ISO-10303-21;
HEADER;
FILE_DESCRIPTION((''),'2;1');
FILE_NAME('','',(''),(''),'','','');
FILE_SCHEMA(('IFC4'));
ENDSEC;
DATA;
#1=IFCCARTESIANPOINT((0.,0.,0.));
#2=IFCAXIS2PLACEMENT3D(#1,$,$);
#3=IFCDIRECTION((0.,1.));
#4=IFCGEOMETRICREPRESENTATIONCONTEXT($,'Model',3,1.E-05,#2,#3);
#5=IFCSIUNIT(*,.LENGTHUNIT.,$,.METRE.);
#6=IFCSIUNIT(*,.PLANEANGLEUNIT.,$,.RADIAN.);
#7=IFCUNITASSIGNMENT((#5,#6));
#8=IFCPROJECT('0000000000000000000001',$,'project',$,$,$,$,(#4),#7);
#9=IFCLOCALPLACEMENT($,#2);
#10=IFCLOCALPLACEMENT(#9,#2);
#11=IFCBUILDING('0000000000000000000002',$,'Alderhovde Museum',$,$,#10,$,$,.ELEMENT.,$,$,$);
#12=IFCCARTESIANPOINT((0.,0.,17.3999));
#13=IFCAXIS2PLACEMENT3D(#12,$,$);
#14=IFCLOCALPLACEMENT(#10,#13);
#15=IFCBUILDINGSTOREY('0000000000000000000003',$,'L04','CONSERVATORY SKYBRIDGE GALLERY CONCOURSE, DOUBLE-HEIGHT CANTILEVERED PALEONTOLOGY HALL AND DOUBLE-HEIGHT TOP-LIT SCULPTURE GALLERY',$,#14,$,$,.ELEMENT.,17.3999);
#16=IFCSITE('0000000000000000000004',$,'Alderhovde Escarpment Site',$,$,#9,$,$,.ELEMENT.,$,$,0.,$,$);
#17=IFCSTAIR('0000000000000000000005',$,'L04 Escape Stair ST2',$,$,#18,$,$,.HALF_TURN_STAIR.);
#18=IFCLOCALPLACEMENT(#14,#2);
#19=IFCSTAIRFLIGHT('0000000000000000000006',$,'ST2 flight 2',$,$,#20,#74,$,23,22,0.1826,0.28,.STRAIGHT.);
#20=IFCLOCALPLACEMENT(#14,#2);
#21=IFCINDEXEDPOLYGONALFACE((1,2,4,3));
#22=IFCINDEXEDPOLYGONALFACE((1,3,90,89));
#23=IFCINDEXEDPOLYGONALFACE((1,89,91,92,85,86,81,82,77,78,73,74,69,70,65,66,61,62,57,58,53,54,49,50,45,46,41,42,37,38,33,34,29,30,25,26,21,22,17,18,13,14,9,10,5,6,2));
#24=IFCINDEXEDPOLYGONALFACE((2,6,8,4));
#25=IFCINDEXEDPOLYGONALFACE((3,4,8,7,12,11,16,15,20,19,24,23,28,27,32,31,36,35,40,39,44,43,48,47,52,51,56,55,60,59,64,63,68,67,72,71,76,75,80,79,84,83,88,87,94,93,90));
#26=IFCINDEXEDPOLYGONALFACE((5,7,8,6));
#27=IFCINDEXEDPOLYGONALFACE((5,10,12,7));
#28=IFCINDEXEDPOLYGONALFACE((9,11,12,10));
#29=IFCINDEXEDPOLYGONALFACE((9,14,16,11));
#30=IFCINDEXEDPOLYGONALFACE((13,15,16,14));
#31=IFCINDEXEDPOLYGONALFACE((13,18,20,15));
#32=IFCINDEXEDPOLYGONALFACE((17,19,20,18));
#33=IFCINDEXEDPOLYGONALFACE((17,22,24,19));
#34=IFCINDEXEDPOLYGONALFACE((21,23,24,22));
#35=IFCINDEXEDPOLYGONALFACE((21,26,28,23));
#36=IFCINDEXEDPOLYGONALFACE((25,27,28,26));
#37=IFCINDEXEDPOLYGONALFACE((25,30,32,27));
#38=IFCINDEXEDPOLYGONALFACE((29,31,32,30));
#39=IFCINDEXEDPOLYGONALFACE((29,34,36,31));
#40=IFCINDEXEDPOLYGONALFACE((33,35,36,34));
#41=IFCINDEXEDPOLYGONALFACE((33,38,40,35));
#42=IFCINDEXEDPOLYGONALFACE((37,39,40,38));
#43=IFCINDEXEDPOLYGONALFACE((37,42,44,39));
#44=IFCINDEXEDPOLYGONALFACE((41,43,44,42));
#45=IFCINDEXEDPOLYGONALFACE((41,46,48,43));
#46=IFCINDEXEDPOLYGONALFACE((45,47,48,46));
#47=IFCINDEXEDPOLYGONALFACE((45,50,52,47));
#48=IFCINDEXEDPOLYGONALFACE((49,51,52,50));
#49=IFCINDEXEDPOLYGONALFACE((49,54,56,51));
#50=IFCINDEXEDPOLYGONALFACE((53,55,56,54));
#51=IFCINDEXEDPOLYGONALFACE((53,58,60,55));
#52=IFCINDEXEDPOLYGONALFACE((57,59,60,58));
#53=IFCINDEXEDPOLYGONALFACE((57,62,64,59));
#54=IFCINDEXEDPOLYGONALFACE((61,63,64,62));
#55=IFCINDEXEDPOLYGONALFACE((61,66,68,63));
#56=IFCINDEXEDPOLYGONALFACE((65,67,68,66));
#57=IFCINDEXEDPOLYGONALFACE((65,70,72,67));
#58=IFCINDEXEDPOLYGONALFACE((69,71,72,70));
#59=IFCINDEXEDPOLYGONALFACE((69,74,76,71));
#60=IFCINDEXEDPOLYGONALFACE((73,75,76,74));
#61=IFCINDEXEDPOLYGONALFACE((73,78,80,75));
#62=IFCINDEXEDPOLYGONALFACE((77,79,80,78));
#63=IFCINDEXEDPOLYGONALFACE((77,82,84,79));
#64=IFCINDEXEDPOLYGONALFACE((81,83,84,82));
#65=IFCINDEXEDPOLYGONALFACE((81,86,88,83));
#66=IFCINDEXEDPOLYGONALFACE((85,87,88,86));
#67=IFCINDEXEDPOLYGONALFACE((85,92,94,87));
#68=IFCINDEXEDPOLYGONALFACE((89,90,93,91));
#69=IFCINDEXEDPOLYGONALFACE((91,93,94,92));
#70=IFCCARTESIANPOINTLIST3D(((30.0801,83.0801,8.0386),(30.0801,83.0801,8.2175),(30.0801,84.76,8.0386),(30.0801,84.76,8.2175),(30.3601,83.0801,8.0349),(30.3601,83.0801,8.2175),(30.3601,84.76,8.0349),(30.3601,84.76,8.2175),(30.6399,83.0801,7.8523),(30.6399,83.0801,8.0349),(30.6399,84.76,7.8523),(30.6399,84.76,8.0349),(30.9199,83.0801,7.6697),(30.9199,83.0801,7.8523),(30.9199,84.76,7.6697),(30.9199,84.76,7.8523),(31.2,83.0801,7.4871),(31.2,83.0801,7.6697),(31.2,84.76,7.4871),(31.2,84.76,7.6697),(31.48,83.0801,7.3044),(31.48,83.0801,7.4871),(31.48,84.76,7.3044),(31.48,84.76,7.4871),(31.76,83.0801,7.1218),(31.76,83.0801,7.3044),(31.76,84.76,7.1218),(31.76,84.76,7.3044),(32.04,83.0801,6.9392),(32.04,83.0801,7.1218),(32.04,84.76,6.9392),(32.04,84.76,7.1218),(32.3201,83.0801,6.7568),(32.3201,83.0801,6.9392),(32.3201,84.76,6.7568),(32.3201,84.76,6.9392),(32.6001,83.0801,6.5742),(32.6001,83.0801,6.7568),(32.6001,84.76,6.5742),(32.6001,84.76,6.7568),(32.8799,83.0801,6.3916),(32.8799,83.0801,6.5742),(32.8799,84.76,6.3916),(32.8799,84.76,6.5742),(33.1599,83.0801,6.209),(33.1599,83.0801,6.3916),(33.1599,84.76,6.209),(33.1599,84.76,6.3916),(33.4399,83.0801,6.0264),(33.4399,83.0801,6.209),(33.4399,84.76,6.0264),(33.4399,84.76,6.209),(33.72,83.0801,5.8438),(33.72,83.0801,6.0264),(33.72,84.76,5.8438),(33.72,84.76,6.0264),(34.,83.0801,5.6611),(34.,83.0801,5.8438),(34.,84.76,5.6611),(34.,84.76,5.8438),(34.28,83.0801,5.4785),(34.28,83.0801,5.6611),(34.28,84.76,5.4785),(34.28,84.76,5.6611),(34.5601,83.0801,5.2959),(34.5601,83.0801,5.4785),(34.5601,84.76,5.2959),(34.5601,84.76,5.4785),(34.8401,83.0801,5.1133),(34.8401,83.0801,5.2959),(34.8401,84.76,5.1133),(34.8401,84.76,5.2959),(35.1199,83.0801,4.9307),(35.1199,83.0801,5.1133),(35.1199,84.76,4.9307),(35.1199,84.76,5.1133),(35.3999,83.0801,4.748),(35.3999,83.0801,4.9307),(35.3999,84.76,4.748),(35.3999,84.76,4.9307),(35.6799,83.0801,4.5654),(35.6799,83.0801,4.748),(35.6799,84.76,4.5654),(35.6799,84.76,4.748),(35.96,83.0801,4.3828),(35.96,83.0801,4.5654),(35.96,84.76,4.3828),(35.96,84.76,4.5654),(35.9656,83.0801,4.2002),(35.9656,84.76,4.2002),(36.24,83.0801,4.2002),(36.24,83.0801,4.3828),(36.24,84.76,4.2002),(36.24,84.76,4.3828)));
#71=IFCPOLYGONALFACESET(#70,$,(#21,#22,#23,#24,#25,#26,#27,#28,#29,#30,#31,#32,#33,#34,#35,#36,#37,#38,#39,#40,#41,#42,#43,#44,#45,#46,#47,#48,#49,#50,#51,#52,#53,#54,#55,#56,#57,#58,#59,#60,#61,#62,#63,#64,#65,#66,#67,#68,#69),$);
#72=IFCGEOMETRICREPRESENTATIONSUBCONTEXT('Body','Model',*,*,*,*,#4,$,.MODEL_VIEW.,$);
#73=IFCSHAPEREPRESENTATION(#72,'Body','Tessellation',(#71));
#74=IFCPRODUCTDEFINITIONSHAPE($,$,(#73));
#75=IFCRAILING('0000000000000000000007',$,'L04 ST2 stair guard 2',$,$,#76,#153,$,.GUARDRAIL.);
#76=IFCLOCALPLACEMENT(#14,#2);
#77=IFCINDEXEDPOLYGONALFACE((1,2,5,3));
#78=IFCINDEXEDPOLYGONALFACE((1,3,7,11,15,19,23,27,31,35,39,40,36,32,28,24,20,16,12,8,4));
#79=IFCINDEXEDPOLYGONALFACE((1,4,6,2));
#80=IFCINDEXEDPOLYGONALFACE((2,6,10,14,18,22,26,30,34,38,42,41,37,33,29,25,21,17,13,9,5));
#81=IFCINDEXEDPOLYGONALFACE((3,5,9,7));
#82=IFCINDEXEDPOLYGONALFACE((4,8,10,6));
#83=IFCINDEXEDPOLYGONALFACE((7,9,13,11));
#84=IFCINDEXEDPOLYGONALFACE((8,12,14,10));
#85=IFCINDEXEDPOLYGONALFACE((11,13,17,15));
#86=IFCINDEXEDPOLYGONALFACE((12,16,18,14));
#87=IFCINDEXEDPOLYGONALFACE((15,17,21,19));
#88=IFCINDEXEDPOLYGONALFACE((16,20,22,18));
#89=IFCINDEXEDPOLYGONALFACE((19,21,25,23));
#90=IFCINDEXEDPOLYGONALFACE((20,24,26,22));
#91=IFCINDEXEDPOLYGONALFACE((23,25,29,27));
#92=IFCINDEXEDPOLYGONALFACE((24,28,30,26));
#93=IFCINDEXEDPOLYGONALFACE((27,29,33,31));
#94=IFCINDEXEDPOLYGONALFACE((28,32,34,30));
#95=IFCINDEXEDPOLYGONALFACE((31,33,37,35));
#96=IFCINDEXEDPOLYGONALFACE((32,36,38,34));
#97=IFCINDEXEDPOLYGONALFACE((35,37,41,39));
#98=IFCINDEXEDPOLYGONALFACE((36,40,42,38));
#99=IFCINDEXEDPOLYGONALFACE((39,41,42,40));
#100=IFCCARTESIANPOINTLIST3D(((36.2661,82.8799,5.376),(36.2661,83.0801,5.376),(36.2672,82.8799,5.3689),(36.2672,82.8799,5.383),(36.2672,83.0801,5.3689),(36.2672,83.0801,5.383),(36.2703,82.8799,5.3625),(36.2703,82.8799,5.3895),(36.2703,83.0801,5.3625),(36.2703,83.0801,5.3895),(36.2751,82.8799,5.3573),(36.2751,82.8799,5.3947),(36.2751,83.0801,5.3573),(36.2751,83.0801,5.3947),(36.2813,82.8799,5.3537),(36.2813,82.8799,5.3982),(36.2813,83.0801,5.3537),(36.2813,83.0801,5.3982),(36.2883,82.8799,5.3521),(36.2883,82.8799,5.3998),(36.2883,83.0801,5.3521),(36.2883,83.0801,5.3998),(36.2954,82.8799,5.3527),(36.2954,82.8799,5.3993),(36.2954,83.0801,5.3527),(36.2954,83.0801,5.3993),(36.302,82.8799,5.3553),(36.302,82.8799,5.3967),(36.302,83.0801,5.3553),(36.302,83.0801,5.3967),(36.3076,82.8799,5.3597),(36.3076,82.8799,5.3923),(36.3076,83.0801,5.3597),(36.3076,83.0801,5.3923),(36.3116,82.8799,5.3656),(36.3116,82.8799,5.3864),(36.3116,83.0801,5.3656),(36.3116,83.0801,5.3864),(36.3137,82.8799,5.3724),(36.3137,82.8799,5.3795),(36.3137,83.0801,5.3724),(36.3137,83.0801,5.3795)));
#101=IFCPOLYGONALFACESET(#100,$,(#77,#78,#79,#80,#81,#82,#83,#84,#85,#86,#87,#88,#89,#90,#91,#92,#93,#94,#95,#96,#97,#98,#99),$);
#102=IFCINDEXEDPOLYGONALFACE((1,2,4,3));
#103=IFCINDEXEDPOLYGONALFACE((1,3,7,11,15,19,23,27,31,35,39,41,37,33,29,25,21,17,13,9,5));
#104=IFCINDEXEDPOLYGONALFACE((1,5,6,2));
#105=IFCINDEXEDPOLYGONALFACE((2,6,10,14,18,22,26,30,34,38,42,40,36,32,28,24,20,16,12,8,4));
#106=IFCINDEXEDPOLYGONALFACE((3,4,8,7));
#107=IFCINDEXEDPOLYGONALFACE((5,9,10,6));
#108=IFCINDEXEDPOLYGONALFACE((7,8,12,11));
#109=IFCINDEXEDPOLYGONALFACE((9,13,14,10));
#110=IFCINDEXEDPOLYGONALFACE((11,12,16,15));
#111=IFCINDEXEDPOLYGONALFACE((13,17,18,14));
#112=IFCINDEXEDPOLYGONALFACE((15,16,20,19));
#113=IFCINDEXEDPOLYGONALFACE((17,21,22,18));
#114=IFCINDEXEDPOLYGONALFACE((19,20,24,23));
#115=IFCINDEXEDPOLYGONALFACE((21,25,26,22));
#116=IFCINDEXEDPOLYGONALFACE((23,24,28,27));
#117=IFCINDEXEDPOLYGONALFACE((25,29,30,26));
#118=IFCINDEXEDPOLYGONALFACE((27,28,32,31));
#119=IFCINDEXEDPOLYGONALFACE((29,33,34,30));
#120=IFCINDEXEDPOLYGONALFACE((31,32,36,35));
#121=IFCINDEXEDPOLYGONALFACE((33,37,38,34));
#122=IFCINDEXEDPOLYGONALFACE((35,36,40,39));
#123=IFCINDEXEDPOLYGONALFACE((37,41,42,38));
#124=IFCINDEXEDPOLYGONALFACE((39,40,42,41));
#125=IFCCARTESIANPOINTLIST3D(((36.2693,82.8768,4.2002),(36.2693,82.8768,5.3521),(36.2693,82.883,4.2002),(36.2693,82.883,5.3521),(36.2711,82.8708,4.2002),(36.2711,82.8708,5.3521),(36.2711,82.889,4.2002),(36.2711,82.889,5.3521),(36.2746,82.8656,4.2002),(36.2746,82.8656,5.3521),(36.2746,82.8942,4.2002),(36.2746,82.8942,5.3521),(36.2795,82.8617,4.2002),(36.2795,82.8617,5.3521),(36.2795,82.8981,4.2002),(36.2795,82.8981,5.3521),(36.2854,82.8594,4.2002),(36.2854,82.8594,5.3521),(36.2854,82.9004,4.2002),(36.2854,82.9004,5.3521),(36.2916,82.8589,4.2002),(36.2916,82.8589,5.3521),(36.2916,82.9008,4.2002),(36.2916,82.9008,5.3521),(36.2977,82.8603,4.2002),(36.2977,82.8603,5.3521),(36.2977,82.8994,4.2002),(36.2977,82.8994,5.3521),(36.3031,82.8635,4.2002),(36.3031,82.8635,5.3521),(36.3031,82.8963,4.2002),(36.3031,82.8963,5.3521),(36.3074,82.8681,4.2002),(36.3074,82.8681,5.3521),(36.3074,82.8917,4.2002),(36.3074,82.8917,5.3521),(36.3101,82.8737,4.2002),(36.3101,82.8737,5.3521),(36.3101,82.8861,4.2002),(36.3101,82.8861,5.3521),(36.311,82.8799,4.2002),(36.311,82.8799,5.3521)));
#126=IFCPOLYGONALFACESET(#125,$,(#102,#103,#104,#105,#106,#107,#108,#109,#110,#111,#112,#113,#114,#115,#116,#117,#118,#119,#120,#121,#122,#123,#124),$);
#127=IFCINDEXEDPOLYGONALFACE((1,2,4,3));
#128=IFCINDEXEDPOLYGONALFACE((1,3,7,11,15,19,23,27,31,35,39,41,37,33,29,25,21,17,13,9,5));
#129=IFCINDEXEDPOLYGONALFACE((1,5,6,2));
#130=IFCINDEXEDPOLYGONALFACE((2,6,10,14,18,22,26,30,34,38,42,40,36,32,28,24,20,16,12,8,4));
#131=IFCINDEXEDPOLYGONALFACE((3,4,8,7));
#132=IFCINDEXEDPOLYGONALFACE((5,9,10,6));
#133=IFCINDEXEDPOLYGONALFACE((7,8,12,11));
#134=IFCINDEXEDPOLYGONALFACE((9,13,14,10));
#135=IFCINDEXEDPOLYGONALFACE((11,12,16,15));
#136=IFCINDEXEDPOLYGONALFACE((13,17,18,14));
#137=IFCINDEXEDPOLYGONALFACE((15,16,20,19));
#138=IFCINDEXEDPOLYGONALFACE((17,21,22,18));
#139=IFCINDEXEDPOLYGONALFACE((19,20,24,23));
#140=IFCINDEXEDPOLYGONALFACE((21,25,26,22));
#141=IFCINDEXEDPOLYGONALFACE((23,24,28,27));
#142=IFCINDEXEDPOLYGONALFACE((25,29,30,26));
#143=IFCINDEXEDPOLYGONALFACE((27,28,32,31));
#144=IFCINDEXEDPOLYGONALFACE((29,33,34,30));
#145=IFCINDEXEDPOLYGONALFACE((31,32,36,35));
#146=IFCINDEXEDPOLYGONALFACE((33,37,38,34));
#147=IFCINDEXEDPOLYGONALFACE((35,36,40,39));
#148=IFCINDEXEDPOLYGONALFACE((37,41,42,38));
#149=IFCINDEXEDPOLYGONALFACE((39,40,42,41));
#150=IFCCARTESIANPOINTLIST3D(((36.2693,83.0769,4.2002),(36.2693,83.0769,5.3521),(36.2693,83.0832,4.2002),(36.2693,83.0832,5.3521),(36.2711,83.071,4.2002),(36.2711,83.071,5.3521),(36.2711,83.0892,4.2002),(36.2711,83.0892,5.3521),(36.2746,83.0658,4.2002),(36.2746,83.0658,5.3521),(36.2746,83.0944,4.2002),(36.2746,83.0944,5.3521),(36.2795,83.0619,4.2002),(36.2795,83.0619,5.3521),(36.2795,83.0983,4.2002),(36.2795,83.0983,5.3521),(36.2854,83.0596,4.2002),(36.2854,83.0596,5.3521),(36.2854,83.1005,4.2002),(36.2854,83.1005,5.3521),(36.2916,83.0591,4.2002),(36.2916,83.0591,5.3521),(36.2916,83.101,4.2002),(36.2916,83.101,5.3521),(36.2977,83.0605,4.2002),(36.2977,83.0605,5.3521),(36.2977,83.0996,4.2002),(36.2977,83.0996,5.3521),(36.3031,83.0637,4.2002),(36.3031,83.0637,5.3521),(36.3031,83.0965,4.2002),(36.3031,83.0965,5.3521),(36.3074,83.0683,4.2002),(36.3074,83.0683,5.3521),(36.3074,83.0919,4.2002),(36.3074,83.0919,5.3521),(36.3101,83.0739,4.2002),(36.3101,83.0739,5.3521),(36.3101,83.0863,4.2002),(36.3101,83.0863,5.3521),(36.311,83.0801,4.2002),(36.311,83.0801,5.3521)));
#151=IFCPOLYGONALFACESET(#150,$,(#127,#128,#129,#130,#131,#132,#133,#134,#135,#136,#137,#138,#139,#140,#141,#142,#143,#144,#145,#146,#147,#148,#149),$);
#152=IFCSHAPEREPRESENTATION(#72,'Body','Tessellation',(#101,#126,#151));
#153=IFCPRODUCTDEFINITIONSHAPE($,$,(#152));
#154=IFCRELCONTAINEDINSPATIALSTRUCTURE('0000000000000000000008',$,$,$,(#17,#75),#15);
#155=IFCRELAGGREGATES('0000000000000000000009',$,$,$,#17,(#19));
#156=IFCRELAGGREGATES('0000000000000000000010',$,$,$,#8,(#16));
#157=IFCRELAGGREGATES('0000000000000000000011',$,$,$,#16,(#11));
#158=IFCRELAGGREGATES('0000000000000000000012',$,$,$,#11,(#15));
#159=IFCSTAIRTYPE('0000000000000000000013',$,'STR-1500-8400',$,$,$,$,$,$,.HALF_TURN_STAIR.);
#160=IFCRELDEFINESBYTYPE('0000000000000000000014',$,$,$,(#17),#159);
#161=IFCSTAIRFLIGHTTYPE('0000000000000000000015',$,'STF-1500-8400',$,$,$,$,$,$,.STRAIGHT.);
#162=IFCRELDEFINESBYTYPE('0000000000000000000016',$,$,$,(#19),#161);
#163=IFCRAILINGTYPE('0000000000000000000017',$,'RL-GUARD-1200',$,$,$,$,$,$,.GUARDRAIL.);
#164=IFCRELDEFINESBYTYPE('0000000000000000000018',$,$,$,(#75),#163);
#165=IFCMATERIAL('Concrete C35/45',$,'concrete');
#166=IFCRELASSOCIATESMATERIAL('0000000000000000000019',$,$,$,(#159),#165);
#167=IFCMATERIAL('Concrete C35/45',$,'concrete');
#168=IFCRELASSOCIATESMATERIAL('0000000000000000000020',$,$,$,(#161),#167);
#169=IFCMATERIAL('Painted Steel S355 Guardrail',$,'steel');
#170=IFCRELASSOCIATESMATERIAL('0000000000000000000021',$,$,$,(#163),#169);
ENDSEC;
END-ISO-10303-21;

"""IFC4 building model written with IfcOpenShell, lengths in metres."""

from ifc_helpers import new_model, si_unit, direction, frame, origin, origin_2d, place, context, subcontext, project, spatial, polyline, circle, outline, extrude, material, type_object, element, aggregate, save


model = new_model("IFC4")

# Units and contexts
model_context = context("Model", 3, precision=1e-05, world=origin(), true_north=direction((0.0, 1.0)))
body_context = subcontext(model_context, "Body", "Model", "MODEL_VIEW")
ifc_project = project(units=[si_unit("LENGTHUNIT", "METRE"), si_unit("PLANEANGLEUNIT", "RADIAN")], contexts=[model_context])

# Site, building, storey
site_placement = place(None, origin())
site = spatial("IfcSite", under=ifc_project, at=site_placement, Name="Alderhovde Escarpment Site", CompositionType="ELEMENT", RefElevation=0.0)
building_placement = place(site_placement, origin())
building = spatial("IfcBuilding", under=site, at=building_placement, Name="Alderhovde Museum", CompositionType="ELEMENT")
storey_placement = place(building_placement, frame((0.0, 0.0, 17.3999)))
storey = spatial("IfcBuildingStorey", under=building, at=storey_placement, Name="L04", Description="CONSERVATORY SKYBRIDGE GALLERY CONCOURSE, DOUBLE-HEIGHT CANTILEVERED PALEONTOLOGY HALL AND DOUBLE-HEIGHT TOP-LIT SCULPTURE GALLERY", CompositionType="ELEMENT", Elevation=17.3999)

# Stair, stair flight
ifc_material_1 = material(Name="Concrete C35/45", Category="concrete")
stair_type = type_object("IfcStairType", Name="STR-1500-8400", PredefinedType="HALF_TURN_STAIR", material=ifc_material_1)
stair_placement = place(storey_placement, origin())
stair = element("IfcStair", 1, at=stair_placement, inside=storey, type_object=stair_type, Name="L04 Escape Stair ST2", PredefinedType="HALF_TURN_STAIR")
ifc_material_2 = material(Name="Concrete C35/45", Category="concrete")
stair_flight_type = type_object("IfcStairFlightType", Name="STF-1500-8400", PredefinedType="STRAIGHT", material=ifc_material_2)
stair_flight_placement = place(storey_placement, frame((36.24, 83.9199, 4.2002), z_axis=(0.0, 0.0, 1.0), x_axis=(-1.0, 0.0, 0.0)))
stair_flight = element("IfcStairFlight", 2, at=stair_flight_placement, type_object=stair_flight_type, Name="ST2 flight 2", NumberOfRisers=23, NumberOfTreads=22, PredefinedType="STRAIGHT", RiserHeight=0.1826, TreadLength=0.28, context=body_context, shape_type="SweptSolid", body=[
    extrude(outline(polyline([(0.0, 0.0), (0.0, 0.1826), (0.28, 0.1826), (0.28, 0.3652), (0.5601, 0.3652), (0.5601, 0.5479), (0.8401, 0.5479), (0.8401, 0.7305), (1.1201, 0.7305), (1.1201, 0.9131), (1.3999, 0.9131), (1.3999, 1.0957), (1.6799, 1.0957), (1.6799, 1.2783), (1.96, 1.2783), (1.96, 1.4609), (2.24, 1.4609), (2.24, 1.6436), (2.52, 1.6436), (2.52, 1.8262), (2.8, 1.8262), (2.8, 2.0088), (3.0801, 2.0088), (3.0801, 2.1914), (3.3601, 2.1914), (3.3601, 2.374), (3.6399, 2.374), (3.6399, 2.5566), (3.9199, 2.5566), (3.9199, 2.739), (4.2, 2.739), (4.2, 2.9216), (4.48, 2.9216), (4.48, 3.1042), (4.76, 3.1042), (4.76, 3.2869), (5.04, 3.2869), (5.04, 3.4695), (5.3201, 3.4695), (5.3201, 3.6521), (5.6001, 3.6521), (5.6001, 3.8347), (5.8799, 3.8347), (5.8799, 4.0173), (6.1599, 4.0173), (6.1599, 4.2), (6.1599, 3.8384), (0.2744, 0.0), (0.0, 0.0)])), frame((0.0, 0.8398, 0.0), z_axis=(0.0, -1.0, 0.0), x_axis=(1.0, 0.0, 0.0)), (0.0, 0.0, 1.0), 1.6799),
])
aggregate(stair, [stair_flight])

# Railing
ifc_material_3 = material(Name="Painted Steel S355 Guardrail", Category="steel")
railing_type_1 = type_object("IfcRailingType", Name="RL-GUARD-1200", PredefinedType="GUARDRAIL", material=ifc_material_3)
railing_1_placement = place(storey_placement, frame((36.29, 82.8799, 4.2002)))
element("IfcRailing", 3, at=railing_1_placement, inside=storey, type_object=railing_type_1, Name="L04 ST2 stair guard 2", PredefinedType="GUARDRAIL", context=body_context, shape_type="SweptSolid", body=[
    extrude(circle(Radius=0.0239, at=origin_2d()), frame((0.0, 0.0, 1.1758), z_axis=(0.0, 1.0, 0.0), x_axis=(-1.0, 0.0, 0.0)), (0.0, 0.0, 1.0), 0.2002),
    extrude(circle(Radius=0.021, at=origin_2d()), origin(), (0.0, 0.0, 1.0), 1.1519),
    extrude(circle(Radius=0.021, at=origin_2d()), frame((0.0, 0.2002, 0.0)), (0.0, 0.0, 1.0), 1.1519),
])

save(model, "model.ifc")
